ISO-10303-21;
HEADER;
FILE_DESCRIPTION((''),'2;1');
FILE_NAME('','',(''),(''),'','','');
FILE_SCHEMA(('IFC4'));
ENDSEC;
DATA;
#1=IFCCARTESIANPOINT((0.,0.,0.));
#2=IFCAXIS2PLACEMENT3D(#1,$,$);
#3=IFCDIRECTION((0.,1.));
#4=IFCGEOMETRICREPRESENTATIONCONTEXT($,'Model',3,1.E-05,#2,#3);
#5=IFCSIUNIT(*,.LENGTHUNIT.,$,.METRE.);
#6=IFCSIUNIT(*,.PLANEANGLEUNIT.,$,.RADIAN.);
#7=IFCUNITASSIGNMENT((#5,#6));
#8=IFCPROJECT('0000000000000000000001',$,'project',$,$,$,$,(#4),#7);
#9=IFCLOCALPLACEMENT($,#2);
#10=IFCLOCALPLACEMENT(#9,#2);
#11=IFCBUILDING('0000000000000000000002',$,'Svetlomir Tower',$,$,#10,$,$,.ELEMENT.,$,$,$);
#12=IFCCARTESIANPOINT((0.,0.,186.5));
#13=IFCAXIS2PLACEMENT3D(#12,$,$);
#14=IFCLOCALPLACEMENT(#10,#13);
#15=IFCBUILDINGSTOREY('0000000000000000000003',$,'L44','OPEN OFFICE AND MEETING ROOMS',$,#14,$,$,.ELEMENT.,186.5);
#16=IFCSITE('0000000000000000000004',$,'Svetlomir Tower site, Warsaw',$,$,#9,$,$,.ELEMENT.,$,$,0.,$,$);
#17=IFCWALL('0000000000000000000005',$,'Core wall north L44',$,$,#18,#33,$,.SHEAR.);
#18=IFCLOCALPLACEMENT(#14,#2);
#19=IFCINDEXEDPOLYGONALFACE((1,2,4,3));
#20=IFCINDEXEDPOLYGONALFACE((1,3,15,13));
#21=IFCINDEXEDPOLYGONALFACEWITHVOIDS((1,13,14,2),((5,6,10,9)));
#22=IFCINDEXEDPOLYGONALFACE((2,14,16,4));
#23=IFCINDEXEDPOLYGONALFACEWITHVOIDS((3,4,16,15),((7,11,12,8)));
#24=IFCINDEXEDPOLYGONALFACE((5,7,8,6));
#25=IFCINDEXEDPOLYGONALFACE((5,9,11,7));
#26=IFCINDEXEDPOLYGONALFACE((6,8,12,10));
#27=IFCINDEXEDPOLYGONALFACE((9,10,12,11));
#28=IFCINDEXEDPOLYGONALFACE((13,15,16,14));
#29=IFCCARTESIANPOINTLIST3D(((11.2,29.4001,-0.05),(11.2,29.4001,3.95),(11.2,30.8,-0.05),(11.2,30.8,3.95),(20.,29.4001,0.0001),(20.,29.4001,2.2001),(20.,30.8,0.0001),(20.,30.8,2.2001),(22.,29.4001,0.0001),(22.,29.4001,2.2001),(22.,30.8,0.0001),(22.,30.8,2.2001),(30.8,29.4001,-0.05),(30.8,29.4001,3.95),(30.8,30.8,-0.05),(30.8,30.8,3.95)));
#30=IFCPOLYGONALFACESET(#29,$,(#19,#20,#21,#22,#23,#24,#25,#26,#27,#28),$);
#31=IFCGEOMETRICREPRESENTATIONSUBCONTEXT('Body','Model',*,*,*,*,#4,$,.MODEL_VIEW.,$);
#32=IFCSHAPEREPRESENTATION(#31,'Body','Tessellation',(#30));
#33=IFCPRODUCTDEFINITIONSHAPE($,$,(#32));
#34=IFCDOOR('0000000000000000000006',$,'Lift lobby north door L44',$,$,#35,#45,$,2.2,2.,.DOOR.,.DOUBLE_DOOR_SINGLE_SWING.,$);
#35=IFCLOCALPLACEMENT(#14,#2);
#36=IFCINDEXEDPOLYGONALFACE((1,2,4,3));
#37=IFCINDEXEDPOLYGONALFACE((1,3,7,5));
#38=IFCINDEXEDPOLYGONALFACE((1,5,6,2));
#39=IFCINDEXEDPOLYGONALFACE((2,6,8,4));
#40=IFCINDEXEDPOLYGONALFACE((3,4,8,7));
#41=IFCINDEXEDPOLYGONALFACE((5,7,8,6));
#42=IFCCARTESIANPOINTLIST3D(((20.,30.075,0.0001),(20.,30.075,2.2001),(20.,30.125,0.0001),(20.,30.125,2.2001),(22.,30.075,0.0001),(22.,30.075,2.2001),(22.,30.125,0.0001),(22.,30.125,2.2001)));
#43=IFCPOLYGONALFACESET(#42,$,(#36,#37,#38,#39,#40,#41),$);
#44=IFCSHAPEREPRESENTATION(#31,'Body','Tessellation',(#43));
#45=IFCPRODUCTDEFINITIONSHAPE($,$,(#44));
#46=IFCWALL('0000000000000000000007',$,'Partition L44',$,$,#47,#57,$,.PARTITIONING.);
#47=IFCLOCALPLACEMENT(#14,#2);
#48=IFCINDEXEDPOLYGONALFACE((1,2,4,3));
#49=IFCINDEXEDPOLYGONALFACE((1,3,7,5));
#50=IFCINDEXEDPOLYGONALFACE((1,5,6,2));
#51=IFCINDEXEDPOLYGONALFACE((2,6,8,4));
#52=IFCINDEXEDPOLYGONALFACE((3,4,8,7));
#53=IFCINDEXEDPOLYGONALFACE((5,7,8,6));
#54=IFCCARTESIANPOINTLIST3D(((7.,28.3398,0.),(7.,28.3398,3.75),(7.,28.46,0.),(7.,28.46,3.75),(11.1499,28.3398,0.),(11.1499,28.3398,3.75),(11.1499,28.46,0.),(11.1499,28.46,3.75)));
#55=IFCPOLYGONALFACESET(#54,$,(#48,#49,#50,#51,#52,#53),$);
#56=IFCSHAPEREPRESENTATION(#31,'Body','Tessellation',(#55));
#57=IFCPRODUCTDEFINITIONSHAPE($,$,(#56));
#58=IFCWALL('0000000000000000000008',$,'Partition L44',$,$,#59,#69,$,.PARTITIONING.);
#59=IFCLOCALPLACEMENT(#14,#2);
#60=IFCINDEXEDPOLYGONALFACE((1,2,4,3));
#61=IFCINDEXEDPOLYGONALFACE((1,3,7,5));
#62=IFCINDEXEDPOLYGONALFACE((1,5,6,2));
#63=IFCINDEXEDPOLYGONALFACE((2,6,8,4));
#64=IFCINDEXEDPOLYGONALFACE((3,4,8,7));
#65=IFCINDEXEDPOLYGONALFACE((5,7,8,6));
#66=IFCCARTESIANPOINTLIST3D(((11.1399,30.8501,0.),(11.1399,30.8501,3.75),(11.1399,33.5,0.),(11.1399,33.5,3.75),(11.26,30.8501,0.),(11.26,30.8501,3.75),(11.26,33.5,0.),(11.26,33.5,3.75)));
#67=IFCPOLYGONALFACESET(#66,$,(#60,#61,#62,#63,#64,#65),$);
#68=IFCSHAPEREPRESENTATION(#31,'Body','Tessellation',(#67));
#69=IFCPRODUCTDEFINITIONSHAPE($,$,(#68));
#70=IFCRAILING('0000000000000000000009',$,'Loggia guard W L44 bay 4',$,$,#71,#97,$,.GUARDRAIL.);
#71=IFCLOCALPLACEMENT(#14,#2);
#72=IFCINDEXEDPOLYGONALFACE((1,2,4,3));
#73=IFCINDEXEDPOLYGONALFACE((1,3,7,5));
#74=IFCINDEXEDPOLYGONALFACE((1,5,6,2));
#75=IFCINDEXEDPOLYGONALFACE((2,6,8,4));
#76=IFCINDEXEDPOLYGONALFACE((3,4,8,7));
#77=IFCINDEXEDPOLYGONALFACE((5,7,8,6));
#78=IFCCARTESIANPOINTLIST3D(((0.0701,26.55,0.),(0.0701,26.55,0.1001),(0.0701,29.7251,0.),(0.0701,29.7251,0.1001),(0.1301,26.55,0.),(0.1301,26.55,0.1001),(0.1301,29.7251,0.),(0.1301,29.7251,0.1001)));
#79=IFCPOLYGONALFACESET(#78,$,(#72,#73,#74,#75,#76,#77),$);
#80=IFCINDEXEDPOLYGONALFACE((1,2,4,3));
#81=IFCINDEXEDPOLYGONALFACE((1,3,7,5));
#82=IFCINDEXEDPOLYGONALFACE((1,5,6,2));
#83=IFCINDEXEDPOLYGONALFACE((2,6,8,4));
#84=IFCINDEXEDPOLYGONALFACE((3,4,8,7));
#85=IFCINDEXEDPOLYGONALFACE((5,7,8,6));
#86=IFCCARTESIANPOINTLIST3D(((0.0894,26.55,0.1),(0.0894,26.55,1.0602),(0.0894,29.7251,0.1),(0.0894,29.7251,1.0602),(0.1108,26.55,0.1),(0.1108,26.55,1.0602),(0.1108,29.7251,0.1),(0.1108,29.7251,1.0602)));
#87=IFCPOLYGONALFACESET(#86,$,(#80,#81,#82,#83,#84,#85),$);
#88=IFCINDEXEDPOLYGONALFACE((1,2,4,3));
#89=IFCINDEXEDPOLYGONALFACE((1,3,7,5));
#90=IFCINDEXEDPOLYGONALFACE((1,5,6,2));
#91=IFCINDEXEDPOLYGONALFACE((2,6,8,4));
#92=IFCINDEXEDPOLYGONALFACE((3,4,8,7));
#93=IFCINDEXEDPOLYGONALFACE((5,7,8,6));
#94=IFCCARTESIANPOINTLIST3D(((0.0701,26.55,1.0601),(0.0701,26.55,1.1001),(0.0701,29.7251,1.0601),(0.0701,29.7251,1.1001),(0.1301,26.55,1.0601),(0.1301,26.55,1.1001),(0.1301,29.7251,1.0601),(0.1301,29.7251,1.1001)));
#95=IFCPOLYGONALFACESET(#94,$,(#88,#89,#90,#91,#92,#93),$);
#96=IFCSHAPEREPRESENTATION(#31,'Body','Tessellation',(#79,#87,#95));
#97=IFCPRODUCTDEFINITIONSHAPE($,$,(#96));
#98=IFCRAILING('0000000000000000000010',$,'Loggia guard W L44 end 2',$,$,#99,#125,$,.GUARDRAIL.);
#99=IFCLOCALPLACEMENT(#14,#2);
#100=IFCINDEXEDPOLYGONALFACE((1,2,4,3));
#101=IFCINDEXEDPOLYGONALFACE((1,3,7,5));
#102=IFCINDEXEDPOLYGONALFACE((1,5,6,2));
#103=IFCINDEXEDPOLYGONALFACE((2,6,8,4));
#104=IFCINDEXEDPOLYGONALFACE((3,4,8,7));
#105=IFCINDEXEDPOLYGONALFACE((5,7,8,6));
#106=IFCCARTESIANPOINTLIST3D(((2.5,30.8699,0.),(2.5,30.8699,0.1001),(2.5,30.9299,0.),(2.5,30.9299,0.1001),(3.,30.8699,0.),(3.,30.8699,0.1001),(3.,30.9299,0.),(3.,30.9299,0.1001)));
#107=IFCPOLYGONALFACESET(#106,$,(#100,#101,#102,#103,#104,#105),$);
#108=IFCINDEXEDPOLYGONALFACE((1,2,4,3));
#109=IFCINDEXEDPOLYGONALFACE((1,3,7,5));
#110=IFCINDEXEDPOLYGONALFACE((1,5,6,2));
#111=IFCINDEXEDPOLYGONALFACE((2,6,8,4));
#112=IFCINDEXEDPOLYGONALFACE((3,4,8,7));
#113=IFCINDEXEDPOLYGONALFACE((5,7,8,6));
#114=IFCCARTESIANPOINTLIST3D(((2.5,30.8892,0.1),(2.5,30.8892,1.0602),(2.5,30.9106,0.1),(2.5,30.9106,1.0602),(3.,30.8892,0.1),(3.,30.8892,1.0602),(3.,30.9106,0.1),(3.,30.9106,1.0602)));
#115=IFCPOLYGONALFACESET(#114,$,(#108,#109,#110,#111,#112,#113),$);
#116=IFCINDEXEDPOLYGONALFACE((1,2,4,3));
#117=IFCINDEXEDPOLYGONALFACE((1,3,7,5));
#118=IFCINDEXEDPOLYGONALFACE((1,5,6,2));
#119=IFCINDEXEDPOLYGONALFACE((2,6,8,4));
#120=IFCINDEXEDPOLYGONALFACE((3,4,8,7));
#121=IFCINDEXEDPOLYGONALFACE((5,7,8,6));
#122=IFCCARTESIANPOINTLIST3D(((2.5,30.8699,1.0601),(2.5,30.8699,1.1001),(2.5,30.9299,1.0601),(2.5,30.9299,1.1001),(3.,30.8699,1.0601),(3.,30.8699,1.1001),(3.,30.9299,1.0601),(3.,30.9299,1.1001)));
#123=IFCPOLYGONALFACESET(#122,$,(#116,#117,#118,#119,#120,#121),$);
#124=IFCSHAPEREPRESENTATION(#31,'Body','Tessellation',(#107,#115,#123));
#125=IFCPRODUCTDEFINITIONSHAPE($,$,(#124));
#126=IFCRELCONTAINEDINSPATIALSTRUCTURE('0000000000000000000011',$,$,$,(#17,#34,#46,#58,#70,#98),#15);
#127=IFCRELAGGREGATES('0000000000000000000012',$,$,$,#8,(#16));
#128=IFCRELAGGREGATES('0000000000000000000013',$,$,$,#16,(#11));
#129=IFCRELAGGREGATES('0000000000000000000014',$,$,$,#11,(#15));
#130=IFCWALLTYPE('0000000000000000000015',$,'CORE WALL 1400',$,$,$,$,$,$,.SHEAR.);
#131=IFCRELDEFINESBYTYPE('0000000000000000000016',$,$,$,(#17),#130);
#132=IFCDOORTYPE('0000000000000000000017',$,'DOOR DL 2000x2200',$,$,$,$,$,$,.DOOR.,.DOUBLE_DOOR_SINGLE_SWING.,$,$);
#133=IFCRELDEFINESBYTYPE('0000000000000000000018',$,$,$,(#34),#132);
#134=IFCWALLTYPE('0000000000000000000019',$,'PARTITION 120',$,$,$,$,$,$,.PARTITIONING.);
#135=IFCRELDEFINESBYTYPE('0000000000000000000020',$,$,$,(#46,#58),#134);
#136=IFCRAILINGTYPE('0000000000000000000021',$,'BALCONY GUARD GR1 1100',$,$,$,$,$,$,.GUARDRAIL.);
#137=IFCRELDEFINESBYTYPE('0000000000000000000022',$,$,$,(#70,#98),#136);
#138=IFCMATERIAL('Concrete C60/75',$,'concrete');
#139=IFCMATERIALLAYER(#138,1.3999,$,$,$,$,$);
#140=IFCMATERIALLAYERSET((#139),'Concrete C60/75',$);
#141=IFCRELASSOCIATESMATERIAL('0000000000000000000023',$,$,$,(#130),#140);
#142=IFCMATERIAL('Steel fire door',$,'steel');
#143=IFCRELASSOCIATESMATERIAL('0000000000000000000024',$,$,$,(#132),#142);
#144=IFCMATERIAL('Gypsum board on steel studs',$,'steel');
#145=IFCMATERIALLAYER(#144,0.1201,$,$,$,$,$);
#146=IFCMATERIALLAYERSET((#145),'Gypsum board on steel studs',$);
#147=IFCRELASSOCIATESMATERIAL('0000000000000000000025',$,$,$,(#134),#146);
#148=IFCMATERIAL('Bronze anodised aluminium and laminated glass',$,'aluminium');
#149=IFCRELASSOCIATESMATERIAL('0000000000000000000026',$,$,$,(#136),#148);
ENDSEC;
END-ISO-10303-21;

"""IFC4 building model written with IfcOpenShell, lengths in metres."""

from ifc_helpers import new_model, si_unit, direction, frame, frame_2d, origin, origin_2d, place, context, subcontext, project, spatial, rectangle, extrude, material, layer, layer_set, type_object, element, fill, save


model = new_model("IFC4")

# Units and contexts
model_context = context("Model", 3, precision=1e-05, world=origin(), true_north=direction((0.0, 1.0)))
body_context = subcontext(model_context, "Body", "Model", "MODEL_VIEW")
ifc_project = project(units=[si_unit("LENGTHUNIT", "METRE"), si_unit("PLANEANGLEUNIT", "RADIAN")], contexts=[model_context])

# Site, building, storey
site_placement = place(None, origin())
site = spatial("IfcSite", under=ifc_project, at=site_placement, Name="Svetlomir Tower site, Warsaw", CompositionType="ELEMENT", RefElevation=0.0)
building_placement = place(site_placement, origin())
building = spatial("IfcBuilding", under=site, at=building_placement, Name="Svetlomir Tower", CompositionType="ELEMENT")
storey_placement = place(building_placement, frame((0.0, 0.0, 186.5)))
storey = spatial("IfcBuildingStorey", under=building, at=storey_placement, Name="L44", Description="OPEN OFFICE AND MEETING ROOMS", CompositionType="ELEMENT", Elevation=186.5)

# Wall, opening, door
ifc_material_1 = material(Name="Concrete C60/75", Category="concrete")
ifc_layer_1 = layer(ifc_material_1, 1.3999)
ifc_layer_set_1 = layer_set([ifc_layer_1], Name="Concrete C60/75")
wall_type_1 = type_object("IfcWallType", Name="CORE WALL 1400", PredefinedType="SHEAR", material=ifc_layer_set_1)
wall_1_placement = place(storey_placement, frame((11.2, 30.1001, -0.05), z_axis=(0.0, 0.0, 1.0), x_axis=(1.0, 0.0, 0.0)))
wall_1 = element("IfcWall", 1, at=wall_1_placement, inside=storey, type_object=wall_type_1, Name="Core wall north L44", PredefinedType="SHEAR", context=body_context, shape_type="SweptSolid", body=[
    extrude(rectangle(XDim=19.6001, YDim=1.3999, at=frame_2d((9.8, 0.0))), origin(), (0.0, 0.0, 1.0), 4.0),
])
opening_placement = place(wall_1_placement, frame((8.8, 0.0, 0.05)))
opening = element("IfcOpeningElement", 2, at=opening_placement, cuts=wall_1, PredefinedType="OPENING", context=body_context, shape_type="SweptSolid", body=[
    extrude(rectangle(XDim=2.0, YDim=2.2, at=frame_2d((1.0, 1.1001))), frame((0.0, 0.71, 0.0), z_axis=(0.0, -1.0, 0.0), x_axis=(1.0, 0.0, 0.0)), (0.0, 0.0, 1.0), 1.4199),
])
ifc_material_2 = material(Name="Steel fire door", Category="steel")
door_type = type_object("IfcDoorType", Name="DOOR DL 2000x2200", OperationType="DOUBLE_DOOR_SINGLE_SWING", PredefinedType="DOOR", material=ifc_material_2)
door_placement = place(opening_placement, origin())
door = element("IfcDoor", 3, at=door_placement, inside=storey, type_object=door_type, Name="Lift lobby north door L44", OperationType="DOUBLE_DOOR_SINGLE_SWING", OverallHeight=2.2, OverallWidth=2.0, PredefinedType="DOOR", context=body_context, shape_type="SweptSolid", body=[
    extrude(rectangle(XDim=2.0, YDim=2.2, at=frame_2d((1.0, 1.1001))), frame((0.0, 0.0249, 0.0), z_axis=(0.0, -1.0, 0.0), x_axis=(1.0, 0.0, 0.0)), (0.0, 0.0, 1.0), 0.05),
])
fill(opening, door)

# Walls
ifc_material_3 = material(Name="Gypsum board on steel studs", Category="steel")
ifc_layer_2 = layer(ifc_material_3, 0.1201)
ifc_layer_set_2 = layer_set([ifc_layer_2], Name="Gypsum board on steel studs")
wall_type_2 = type_object("IfcWallType", Name="PARTITION 120", PredefinedType="PARTITIONING", material=ifc_layer_set_2)
wall_2_placement = place(storey_placement, frame((7.0, 28.3999, 0.0), z_axis=(0.0, 0.0, 1.0), x_axis=(1.0, 0.0, 0.0)))
element("IfcWall", 4, at=wall_2_placement, inside=storey, type_object=wall_type_2, Name="Partition L44", PredefinedType="PARTITIONING", context=body_context, shape_type="SweptSolid", body=[
    extrude(rectangle(XDim=4.1499, YDim=0.1201, at=frame_2d((2.075, 0.0))), origin(), (0.0, 0.0, 1.0), 3.75),
])
wall_3_placement = place(storey_placement, frame((11.2, 30.8501, 0.0), z_axis=(0.0, 0.0, 1.0), x_axis=(0.0, 1.0, 0.0)))
element("IfcWall", 5, at=wall_3_placement, inside=storey, type_object=wall_type_2, Name="Partition L44", PredefinedType="PARTITIONING", context=body_context, shape_type="SweptSolid", body=[
    extrude(rectangle(XDim=2.6499, YDim=0.1201, at=frame_2d((1.325, 0.0))), origin(), (0.0, 0.0, 1.0), 3.75),
])

# Railings
ifc_material_4 = material(Name="Bronze anodised aluminium and laminated glass", Category="aluminium")
railing_type = type_object("IfcRailingType", Name="BALCONY GUARD GR1 1100", PredefinedType="GUARDRAIL", material=ifc_material_4)
railing_1_placement = place(storey_placement, frame((0.1001, 26.55, 0.0)))
element("IfcRailing", 6, at=railing_1_placement, inside=storey, type_object=railing_type, Name="Loggia guard W L44 bay 4", PredefinedType="GUARDRAIL", context=body_context, shape_type="SweptSolid", body=[
    extrude(rectangle(XDim=0.0601, YDim=0.1001, at=origin_2d()), frame((0.0, 0.0, 0.05), z_axis=(0.0, 1.0, 0.0), x_axis=(-1.0, 0.0, 0.0)), (0.0, 0.0, 1.0), 3.175),
    extrude(rectangle(XDim=0.0215, YDim=0.9602, at=origin_2d()), frame((0.0, 0.0, 0.5801), z_axis=(0.0, 1.0, 0.0), x_axis=(-1.0, 0.0, 0.0)), (0.0, 0.0, 1.0), 3.175),
    extrude(rectangle(XDim=0.0601, YDim=0.04, at=origin_2d()), frame((0.0, 0.0, 1.0801), z_axis=(0.0, 1.0, 0.0), x_axis=(-1.0, 0.0, 0.0)), (0.0, 0.0, 1.0), 3.175),
])
railing_2_placement = place(storey_placement, frame((2.5, 30.8999, 0.0)))
element("IfcRailing", 7, at=railing_2_placement, inside=storey, type_object=railing_type, Name="Loggia guard W L44 end 2", PredefinedType="GUARDRAIL", context=body_context, shape_type="SweptSolid", body=[
    extrude(rectangle(XDim=0.0601, YDim=0.1001, at=origin_2d()), frame((0.0, 0.0, 0.05), z_axis=(1.0, 0.0, 0.0), x_axis=(0.0, 1.0, 0.0)), (0.0, 0.0, 1.0), 0.5),
    extrude(rectangle(XDim=0.0215, YDim=0.9602, at=origin_2d()), frame((0.0, 0.0, 0.5801), z_axis=(1.0, 0.0, 0.0), x_axis=(0.0, 1.0, 0.0)), (0.0, 0.0, 1.0), 0.5),
    extrude(rectangle(XDim=0.0601, YDim=0.04, at=origin_2d()), frame((0.0, 0.0, 1.0801), z_axis=(1.0, 0.0, 0.0), x_axis=(0.0, 1.0, 0.0)), (0.0, 0.0, 1.0), 0.5),
])

save(model, "model.ifc")
